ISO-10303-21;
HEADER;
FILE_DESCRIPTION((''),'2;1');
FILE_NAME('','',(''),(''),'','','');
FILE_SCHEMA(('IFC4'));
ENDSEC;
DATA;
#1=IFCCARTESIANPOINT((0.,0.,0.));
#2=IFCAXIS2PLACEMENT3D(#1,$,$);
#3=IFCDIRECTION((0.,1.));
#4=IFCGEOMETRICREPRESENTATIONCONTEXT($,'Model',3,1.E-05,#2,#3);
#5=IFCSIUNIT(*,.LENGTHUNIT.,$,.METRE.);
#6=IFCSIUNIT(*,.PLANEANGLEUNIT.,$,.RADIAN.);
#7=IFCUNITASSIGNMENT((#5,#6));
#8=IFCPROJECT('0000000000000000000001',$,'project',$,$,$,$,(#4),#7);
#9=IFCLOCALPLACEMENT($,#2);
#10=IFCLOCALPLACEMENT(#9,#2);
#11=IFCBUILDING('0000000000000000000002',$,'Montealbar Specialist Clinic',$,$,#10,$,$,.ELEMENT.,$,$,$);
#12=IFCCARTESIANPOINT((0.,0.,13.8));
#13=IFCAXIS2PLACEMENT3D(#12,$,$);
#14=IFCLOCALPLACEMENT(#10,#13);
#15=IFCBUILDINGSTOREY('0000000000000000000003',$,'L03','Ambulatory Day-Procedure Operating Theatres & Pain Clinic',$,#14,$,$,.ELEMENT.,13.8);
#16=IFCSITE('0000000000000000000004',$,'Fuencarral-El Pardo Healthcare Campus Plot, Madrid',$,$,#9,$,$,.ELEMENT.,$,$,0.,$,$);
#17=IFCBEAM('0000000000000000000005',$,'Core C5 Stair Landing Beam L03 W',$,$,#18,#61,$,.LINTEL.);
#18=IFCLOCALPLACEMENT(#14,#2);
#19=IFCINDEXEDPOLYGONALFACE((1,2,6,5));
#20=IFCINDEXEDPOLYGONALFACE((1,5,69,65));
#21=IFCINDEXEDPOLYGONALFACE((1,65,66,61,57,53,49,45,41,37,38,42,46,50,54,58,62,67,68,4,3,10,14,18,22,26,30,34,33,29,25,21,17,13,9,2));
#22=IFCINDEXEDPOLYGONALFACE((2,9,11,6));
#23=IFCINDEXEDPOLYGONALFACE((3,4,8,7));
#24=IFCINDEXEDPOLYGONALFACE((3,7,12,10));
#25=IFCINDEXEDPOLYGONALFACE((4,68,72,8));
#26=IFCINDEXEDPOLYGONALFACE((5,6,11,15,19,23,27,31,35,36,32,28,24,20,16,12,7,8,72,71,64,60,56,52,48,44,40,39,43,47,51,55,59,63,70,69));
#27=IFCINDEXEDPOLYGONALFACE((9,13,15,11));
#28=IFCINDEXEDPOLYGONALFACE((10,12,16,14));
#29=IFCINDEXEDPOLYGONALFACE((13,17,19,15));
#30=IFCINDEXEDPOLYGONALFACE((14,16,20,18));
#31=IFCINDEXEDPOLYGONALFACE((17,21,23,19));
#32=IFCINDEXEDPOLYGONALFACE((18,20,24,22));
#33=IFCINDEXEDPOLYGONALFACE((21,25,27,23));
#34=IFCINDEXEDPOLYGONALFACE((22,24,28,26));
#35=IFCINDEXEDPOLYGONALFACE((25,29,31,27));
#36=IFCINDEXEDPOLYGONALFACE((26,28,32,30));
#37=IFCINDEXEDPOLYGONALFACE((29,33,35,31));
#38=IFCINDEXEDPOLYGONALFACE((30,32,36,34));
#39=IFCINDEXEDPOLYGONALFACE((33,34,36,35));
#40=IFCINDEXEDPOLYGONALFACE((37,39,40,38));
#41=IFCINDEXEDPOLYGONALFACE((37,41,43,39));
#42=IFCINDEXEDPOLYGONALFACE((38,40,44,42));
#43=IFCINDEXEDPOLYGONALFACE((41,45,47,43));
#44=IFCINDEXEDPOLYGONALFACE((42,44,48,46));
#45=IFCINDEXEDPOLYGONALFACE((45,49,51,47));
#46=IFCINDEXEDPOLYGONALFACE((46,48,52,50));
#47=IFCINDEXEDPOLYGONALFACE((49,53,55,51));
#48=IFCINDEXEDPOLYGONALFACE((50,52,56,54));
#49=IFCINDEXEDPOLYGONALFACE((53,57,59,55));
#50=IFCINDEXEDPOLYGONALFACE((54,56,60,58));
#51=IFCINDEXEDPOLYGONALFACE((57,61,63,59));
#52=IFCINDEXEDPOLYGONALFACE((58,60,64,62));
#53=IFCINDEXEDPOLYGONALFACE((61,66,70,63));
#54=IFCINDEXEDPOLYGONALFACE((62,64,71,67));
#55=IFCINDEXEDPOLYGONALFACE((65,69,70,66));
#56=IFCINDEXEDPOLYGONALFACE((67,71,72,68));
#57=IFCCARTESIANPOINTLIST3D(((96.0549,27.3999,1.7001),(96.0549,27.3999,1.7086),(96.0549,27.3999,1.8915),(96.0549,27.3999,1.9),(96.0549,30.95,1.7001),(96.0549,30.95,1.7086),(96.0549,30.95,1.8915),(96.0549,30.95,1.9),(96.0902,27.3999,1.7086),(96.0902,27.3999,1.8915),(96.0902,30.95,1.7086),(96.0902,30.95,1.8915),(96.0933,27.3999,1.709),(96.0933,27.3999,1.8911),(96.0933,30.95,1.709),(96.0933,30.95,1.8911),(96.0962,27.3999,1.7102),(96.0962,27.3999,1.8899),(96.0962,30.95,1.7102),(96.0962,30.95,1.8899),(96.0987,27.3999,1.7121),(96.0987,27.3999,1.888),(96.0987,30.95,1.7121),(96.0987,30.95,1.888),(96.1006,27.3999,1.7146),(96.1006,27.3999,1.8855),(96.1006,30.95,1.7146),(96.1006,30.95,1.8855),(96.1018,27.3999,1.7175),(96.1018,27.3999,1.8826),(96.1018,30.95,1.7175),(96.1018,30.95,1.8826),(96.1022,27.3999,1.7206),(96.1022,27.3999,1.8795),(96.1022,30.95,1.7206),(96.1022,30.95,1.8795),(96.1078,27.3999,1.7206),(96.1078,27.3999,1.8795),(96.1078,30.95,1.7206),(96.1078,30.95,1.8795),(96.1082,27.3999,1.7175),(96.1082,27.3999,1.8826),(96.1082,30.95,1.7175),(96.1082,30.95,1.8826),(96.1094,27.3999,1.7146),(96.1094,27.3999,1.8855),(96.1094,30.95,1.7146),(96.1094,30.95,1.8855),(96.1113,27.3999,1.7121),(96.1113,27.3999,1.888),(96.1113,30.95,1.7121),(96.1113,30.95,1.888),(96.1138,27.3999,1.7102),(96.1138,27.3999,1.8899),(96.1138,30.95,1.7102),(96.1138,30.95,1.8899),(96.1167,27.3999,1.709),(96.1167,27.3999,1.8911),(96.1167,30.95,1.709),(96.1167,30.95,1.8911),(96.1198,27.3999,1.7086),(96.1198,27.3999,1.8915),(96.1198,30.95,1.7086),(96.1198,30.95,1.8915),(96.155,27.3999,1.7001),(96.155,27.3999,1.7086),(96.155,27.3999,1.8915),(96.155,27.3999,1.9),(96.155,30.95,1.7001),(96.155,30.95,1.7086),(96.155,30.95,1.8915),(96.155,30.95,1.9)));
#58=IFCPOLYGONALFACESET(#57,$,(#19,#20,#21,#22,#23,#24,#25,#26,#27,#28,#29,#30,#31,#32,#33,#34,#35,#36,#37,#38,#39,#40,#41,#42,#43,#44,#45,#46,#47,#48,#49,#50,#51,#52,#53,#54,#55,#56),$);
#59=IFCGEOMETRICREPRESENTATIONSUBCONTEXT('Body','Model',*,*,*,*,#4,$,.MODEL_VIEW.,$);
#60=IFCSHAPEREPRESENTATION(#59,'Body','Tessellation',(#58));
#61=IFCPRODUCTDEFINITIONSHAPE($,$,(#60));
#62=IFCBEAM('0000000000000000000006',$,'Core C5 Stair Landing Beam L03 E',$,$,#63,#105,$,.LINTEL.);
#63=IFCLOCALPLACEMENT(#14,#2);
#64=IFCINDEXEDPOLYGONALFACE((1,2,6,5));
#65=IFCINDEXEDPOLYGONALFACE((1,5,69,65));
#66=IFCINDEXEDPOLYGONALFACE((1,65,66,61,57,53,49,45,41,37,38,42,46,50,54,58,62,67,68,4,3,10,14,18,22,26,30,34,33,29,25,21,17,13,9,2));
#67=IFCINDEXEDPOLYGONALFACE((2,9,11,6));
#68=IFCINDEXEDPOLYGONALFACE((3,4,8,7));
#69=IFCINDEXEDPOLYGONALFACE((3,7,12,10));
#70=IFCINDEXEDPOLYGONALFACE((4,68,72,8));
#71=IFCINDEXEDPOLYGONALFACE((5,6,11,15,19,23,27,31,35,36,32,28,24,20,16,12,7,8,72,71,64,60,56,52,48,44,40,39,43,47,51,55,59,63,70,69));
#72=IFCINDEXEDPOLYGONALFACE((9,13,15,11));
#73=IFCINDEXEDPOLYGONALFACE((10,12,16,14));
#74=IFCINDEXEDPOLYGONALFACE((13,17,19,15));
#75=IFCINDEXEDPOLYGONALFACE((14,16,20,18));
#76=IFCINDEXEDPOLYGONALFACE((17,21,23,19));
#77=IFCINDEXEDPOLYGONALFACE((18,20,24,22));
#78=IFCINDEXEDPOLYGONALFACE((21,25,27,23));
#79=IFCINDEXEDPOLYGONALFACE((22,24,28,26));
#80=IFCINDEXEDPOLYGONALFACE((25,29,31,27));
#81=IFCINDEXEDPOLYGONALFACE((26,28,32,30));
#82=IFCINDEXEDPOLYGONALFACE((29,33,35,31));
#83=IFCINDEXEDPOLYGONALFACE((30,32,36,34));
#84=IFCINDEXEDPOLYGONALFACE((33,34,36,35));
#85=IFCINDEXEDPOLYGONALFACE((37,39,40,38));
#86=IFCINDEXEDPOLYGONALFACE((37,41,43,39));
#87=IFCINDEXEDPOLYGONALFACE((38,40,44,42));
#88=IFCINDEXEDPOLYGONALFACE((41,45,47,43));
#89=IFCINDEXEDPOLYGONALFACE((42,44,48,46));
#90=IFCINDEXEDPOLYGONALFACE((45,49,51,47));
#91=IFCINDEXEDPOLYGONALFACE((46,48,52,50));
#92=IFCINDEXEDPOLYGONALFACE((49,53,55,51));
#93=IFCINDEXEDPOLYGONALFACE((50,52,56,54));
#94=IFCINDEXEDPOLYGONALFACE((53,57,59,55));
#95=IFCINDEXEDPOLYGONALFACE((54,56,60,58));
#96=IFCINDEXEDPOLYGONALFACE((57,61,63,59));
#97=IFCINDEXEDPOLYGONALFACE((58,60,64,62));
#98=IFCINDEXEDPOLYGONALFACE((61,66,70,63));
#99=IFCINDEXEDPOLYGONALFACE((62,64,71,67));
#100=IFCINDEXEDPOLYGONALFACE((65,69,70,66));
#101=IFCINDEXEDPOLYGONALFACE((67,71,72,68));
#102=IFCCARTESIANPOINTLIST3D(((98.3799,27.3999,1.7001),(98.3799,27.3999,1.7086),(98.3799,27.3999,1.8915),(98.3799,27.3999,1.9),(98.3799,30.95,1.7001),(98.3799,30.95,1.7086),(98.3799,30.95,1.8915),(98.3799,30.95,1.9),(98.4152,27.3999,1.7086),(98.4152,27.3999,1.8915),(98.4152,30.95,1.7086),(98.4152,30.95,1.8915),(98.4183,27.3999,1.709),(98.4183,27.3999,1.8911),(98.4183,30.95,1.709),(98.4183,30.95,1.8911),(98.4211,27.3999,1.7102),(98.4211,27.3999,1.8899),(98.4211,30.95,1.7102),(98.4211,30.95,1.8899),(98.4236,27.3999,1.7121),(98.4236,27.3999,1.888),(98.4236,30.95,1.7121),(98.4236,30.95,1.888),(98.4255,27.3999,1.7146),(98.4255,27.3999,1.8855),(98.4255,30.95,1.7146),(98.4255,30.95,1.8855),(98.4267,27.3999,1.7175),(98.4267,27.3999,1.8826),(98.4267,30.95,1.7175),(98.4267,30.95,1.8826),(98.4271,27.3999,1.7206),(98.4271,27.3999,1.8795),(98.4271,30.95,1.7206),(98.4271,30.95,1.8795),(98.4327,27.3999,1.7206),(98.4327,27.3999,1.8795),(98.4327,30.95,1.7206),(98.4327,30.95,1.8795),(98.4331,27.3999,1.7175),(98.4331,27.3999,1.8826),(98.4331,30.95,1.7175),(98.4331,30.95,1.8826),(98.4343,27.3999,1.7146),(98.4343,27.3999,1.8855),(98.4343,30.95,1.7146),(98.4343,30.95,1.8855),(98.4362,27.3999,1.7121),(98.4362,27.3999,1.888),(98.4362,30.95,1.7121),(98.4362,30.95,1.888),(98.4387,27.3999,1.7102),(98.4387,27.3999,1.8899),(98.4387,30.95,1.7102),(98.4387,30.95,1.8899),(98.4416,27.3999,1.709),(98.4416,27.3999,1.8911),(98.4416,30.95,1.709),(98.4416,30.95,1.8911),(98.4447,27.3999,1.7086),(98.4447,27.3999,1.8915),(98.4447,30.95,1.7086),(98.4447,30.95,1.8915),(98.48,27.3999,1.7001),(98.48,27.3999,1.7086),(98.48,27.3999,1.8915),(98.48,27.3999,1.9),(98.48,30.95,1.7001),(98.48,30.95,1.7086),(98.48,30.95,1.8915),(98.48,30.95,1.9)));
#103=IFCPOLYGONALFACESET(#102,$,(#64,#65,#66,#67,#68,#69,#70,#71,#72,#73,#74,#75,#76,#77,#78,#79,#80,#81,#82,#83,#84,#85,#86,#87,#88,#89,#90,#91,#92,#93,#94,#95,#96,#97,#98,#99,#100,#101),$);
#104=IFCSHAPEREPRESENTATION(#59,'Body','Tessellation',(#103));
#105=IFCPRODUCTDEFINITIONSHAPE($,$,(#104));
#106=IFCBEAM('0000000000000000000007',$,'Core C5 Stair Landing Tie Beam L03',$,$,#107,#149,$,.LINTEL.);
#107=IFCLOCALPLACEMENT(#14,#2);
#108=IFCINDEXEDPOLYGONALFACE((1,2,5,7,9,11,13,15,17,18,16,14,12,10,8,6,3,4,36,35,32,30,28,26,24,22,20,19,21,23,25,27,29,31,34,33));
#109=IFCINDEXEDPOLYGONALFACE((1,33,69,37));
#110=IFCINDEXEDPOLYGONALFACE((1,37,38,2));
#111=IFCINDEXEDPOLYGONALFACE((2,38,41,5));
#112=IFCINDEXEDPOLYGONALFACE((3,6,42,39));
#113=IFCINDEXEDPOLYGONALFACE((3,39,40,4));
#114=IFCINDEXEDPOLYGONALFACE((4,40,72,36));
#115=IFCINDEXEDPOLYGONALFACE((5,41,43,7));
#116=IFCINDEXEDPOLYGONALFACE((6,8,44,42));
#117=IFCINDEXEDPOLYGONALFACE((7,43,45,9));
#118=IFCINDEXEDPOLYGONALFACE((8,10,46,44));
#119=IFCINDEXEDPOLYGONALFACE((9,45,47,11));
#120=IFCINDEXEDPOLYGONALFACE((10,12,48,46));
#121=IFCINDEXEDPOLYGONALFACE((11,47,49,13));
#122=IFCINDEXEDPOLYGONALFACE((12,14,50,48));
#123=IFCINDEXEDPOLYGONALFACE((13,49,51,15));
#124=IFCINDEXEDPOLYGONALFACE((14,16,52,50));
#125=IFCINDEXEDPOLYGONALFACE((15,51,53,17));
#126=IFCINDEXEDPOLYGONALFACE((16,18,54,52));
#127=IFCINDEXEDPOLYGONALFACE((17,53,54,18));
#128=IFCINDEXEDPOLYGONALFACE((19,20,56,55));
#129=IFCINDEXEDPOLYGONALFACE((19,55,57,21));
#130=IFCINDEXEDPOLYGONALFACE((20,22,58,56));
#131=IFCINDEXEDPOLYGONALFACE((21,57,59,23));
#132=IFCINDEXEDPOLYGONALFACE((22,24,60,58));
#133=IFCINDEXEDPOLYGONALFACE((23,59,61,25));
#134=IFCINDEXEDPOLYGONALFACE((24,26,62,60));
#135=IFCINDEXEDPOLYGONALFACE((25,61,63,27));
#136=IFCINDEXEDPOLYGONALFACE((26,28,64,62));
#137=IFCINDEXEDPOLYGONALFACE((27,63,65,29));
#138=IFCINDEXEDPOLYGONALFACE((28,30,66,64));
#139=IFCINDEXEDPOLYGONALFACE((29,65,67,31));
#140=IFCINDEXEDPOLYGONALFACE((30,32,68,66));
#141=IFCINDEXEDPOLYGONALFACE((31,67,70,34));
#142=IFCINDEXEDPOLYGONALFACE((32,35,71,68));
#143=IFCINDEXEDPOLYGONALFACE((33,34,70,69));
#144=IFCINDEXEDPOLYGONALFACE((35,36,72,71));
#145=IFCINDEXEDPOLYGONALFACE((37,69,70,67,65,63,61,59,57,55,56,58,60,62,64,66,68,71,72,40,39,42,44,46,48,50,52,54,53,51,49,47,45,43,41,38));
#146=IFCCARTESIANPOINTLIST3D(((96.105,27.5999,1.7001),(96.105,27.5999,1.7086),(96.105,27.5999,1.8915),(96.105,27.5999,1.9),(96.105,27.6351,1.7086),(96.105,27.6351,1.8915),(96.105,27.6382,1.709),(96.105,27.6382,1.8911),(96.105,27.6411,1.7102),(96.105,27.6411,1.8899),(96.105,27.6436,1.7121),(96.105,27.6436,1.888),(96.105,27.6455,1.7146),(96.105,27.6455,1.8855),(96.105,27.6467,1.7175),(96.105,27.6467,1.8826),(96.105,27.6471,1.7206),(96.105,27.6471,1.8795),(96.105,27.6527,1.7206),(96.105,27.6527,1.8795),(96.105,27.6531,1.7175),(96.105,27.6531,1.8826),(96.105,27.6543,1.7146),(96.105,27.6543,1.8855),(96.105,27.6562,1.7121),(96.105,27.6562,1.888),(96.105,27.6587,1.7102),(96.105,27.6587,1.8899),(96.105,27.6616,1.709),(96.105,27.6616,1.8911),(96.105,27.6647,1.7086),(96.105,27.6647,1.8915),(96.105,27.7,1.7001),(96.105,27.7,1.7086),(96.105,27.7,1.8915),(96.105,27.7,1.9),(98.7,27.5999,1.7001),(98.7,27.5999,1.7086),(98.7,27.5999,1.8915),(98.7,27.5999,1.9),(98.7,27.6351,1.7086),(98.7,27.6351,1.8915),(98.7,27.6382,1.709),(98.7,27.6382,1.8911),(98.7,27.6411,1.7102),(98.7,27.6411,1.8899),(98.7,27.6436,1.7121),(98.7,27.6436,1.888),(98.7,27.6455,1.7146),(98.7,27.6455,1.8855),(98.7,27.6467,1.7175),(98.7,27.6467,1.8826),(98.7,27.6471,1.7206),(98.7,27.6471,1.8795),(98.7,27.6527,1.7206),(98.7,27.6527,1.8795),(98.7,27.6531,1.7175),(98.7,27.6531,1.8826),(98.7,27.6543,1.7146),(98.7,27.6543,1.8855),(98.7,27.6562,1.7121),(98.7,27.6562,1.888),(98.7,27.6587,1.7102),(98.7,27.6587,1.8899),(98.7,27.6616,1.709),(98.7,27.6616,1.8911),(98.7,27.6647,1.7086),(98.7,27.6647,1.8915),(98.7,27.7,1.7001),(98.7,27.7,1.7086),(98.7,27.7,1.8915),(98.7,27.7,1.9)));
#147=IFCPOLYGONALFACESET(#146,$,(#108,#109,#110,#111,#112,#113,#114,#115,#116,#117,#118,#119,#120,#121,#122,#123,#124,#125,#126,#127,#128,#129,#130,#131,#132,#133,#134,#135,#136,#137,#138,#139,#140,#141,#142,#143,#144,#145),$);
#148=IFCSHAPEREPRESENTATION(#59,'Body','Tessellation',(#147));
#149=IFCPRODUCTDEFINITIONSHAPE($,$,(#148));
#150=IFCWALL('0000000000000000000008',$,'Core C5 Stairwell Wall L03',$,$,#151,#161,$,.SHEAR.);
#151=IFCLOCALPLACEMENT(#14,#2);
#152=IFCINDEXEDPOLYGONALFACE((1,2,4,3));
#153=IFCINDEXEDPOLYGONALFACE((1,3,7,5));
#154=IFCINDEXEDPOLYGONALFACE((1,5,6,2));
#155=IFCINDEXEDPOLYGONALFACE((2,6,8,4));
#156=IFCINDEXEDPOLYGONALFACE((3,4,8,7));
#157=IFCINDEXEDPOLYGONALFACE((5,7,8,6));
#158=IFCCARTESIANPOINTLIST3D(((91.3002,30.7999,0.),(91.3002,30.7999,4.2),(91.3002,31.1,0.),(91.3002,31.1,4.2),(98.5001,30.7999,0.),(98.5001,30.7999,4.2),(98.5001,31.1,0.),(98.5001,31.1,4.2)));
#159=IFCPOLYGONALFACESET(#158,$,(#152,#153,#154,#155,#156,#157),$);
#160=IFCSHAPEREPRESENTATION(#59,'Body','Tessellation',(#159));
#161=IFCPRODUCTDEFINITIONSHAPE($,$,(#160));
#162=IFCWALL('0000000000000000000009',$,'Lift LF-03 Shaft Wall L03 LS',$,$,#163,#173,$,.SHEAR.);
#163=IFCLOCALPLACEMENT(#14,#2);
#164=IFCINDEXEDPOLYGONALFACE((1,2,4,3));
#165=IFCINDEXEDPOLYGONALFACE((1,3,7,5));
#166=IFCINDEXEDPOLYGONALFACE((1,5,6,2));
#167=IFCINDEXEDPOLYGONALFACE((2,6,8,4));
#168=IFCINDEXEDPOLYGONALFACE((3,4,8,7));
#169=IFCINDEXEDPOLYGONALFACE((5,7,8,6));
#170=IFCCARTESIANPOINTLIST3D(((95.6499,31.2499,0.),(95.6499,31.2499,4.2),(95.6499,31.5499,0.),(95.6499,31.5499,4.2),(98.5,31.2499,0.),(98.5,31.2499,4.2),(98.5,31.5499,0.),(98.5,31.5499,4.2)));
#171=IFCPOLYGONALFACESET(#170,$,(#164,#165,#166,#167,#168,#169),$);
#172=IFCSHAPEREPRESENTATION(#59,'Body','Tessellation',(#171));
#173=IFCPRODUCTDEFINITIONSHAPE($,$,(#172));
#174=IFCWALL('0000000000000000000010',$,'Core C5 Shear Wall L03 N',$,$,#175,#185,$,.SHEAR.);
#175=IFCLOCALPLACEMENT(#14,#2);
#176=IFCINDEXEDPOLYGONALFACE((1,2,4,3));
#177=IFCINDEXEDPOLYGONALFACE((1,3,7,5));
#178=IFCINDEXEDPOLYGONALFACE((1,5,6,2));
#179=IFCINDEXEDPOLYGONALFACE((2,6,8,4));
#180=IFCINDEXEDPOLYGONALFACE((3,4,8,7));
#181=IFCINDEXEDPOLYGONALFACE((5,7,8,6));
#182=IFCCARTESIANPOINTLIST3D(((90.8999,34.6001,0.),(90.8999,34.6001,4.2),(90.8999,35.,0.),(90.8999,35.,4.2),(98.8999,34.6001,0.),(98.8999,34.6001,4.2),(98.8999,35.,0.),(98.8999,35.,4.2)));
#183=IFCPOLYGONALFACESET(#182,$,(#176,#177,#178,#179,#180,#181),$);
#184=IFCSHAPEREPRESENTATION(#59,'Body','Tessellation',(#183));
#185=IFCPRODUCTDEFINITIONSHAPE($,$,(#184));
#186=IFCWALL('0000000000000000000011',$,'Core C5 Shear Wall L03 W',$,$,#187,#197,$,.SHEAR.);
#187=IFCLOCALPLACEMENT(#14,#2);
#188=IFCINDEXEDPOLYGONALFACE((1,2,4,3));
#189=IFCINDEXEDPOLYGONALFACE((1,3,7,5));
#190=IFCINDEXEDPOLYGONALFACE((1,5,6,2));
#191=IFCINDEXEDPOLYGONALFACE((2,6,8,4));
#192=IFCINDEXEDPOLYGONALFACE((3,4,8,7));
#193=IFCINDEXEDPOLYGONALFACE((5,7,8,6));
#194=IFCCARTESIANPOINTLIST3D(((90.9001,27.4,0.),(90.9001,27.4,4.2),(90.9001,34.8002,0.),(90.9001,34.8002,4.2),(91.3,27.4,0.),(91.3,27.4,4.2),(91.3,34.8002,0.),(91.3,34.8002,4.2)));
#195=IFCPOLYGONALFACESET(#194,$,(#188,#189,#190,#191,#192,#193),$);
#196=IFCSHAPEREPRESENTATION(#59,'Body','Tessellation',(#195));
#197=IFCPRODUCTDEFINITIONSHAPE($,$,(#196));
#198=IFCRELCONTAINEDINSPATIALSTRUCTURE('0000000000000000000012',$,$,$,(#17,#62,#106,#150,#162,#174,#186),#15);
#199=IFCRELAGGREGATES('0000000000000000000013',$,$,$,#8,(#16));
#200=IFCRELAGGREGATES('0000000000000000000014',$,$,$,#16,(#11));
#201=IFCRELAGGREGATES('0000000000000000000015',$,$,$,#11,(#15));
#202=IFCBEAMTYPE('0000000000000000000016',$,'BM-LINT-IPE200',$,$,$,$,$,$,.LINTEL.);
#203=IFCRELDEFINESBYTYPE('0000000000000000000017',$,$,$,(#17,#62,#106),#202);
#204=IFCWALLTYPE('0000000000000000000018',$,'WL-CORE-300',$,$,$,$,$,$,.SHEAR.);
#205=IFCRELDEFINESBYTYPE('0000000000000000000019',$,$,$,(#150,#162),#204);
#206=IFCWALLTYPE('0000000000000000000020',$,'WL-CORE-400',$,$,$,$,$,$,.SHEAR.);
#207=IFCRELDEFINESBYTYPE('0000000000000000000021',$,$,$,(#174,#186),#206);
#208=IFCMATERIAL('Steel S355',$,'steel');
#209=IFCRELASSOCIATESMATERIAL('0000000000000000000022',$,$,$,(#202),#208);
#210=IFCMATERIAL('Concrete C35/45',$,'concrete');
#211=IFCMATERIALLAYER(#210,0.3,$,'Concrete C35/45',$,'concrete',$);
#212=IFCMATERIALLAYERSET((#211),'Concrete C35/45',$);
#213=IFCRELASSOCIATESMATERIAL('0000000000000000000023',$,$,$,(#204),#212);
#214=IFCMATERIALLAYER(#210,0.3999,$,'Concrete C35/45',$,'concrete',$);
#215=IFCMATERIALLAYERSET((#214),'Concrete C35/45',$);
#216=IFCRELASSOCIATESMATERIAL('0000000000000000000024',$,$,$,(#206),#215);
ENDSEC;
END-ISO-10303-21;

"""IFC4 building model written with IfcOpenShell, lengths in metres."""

from ifc_helpers import new_model, si_unit, direction, frame, frame_2d, origin, origin_2d, place, context, subcontext, project, spatial, rectangle, i_section, extrude, material, layer, layer_set, material_profile, profile_set, type_object, element, save


model = new_model("IFC4")

# Units and contexts
model_context = context("Model", 3, precision=1e-05, world=origin(), true_north=direction((0.0, 1.0)))
body_context = subcontext(model_context, "Body", "Model", "MODEL_VIEW")
ifc_project = project(units=[si_unit("LENGTHUNIT", "METRE"), si_unit("PLANEANGLEUNIT", "RADIAN")], contexts=[model_context])

# Site, building, storey
site_placement = place(None, origin())
site = spatial("IfcSite", under=ifc_project, at=site_placement, Name="Fuencarral-El Pardo Healthcare Campus Plot, Madrid", CompositionType="ELEMENT", RefElevation=0.0)
building_placement = place(site_placement, origin())
building = spatial("IfcBuilding", under=site, at=building_placement, Name="Montealbar Specialist Clinic", CompositionType="ELEMENT")
storey_placement = place(building_placement, frame((0.0, 0.0, 13.8)))
storey = spatial("IfcBuildingStorey", under=building, at=storey_placement, Name="L03", Description="Ambulatory Day-Procedure Operating Theatres & Pain Clinic", CompositionType="ELEMENT", Elevation=13.8)

# Shared definitions
ifc_material_1 = material(Name="Steel S355", Category="steel")

# Beams
ifc_material_profile_1 = material_profile(ifc_material_1, i_section(OverallWidth=0.1001, OverallDepth=0.2, WebThickness=0.0056, FlangeThickness=0.0085, FilletRadius=0.012, at=origin_2d()), Name="IPE 200", Category="steel")
ifc_profile_set_1 = profile_set([ifc_material_profile_1], Name="Steel S355")
beam_type_1 = type_object("IfcBeamType", Name="BM-LINT-IPE200", PredefinedType="LINTEL", material=ifc_profile_set_1)
for number, where, z_axis, x_axis, name in (
    (1, (96.105, 27.3999, 1.8), (0.0, 1.0, 0.0), (-1.0, 0.0, 0.0), "Core C5 Stair Landing Beam L03 W"),
    (2, (98.4299, 27.3999, 1.8), (0.0, 1.0, 0.0), (-1.0, 0.0, 0.0), "Core C5 Stair Landing Beam L03 E"),
):
    element("IfcBeam", number, at=place(storey_placement, frame(where, z_axis=z_axis, x_axis=x_axis)), inside=storey, type_object=beam_type_1, Name=name, PredefinedType="LINTEL", context=body_context, shape_type="SweptSolid", body=[
        extrude(i_section(OverallWidth=0.1001, OverallDepth=0.2, WebThickness=0.0056, FlangeThickness=0.0085, FilletRadius=0.012, at=origin_2d()), origin(), (0.0, 0.0, 1.0), 3.55),
    ])
beam_1_placement = place(storey_placement, frame((96.105, 27.6499, 1.8), z_axis=(1.0, 0.0, 0.0), x_axis=(0.0, 1.0, 0.0)))
element("IfcBeam", 3, at=beam_1_placement, inside=storey, type_object=beam_type_1, Name="Core C5 Stair Landing Tie Beam L03", PredefinedType="LINTEL", context=body_context, shape_type="SweptSolid", body=[
    extrude(i_section(OverallWidth=0.1001, OverallDepth=0.2, WebThickness=0.0056, FlangeThickness=0.0085, FilletRadius=0.012, at=origin_2d()), origin(), (0.0, 0.0, 1.0), 2.595),
])

# Walls
ifc_material_2 = material(Name="Concrete C35/45", Category="concrete")
ifc_layer_1 = layer(ifc_material_2, 0.3, Name="Concrete C35/45", Category="concrete")
ifc_layer_set_1 = layer_set([ifc_layer_1], Name="Concrete C35/45")
wall_type_1 = type_object("IfcWallType", Name="WL-CORE-300", PredefinedType="SHEAR", material=ifc_layer_set_1)
wall_1_placement = place(storey_placement, frame((91.3, 30.95, 0.0), z_axis=(0.0, 0.0, 1.0), x_axis=(1.0, 0.0, 0.0)))
element("IfcWall", 4, at=wall_1_placement, inside=storey, type_object=wall_type_1, Name="Core C5 Stairwell Wall L03", PredefinedType="SHEAR", context=body_context, shape_type="SweptSolid", body=[
    extrude(rectangle(XDim=7.2, YDim=0.3, at=frame_2d((3.6001, 0.0))), origin(), (0.0, 0.0, 1.0), 4.2),
])
wall_2_placement = place(storey_placement, frame((95.6499, 31.3999, 0.0), z_axis=(0.0, 0.0, 1.0), x_axis=(1.0, 0.0, 0.0)))
element("IfcWall", 5, at=wall_2_placement, inside=storey, type_object=wall_type_1, Name="Lift LF-03 Shaft Wall L03 LS", PredefinedType="SHEAR", context=body_context, shape_type="SweptSolid", body=[
    extrude(rectangle(XDim=2.8501, YDim=0.3, at=frame_2d((1.425, 0.0))), origin(), (0.0, 0.0, 1.0), 4.2),
])

# Shared definitions
ifc_layer_2 = layer(ifc_material_2, 0.3999, Name="Concrete C35/45", Category="concrete")
ifc_layer_set_2 = layer_set([ifc_layer_2], Name="Concrete C35/45")
wall_type_2 = type_object("IfcWallType", Name="WL-CORE-400", PredefinedType="SHEAR", material=ifc_layer_set_2)

# Walls
wall_3_placement = place(storey_placement, frame((90.8999, 34.8, 0.0), z_axis=(0.0, 0.0, 1.0), x_axis=(1.0, 0.0, 0.0)))
element("IfcWall", 6, at=wall_3_placement, inside=storey, type_object=wall_type_2, Name="Core C5 Shear Wall L03 N", PredefinedType="SHEAR", context=body_context, shape_type="SweptSolid", body=[
    extrude(rectangle(XDim=8.0, YDim=0.3999, at=frame_2d((4.0, 0.0))), origin(), (0.0, 0.0, 1.0), 4.2),
])
for number, where, z_axis, x_axis, name in (
    (7, (91.1001, 27.3999, 0.0), (0.0, 0.0, 1.0), (0.0, 1.0, 0.0), "Core C5 Shear Wall L03 W"),
):
    element("IfcWall", number, at=place(storey_placement, frame(where, z_axis=z_axis, x_axis=x_axis)), inside=storey, type_object=wall_type_2, Name=name, PredefinedType="SHEAR", context=body_context, shape_type="SweptSolid", body=[
        extrude(rectangle(XDim=7.4001, YDim=0.3999, at=frame_2d((3.7002, 0.0))), origin(), (0.0, 0.0, 1.0), 4.2),
    ])

save(model, "model.ifc")
